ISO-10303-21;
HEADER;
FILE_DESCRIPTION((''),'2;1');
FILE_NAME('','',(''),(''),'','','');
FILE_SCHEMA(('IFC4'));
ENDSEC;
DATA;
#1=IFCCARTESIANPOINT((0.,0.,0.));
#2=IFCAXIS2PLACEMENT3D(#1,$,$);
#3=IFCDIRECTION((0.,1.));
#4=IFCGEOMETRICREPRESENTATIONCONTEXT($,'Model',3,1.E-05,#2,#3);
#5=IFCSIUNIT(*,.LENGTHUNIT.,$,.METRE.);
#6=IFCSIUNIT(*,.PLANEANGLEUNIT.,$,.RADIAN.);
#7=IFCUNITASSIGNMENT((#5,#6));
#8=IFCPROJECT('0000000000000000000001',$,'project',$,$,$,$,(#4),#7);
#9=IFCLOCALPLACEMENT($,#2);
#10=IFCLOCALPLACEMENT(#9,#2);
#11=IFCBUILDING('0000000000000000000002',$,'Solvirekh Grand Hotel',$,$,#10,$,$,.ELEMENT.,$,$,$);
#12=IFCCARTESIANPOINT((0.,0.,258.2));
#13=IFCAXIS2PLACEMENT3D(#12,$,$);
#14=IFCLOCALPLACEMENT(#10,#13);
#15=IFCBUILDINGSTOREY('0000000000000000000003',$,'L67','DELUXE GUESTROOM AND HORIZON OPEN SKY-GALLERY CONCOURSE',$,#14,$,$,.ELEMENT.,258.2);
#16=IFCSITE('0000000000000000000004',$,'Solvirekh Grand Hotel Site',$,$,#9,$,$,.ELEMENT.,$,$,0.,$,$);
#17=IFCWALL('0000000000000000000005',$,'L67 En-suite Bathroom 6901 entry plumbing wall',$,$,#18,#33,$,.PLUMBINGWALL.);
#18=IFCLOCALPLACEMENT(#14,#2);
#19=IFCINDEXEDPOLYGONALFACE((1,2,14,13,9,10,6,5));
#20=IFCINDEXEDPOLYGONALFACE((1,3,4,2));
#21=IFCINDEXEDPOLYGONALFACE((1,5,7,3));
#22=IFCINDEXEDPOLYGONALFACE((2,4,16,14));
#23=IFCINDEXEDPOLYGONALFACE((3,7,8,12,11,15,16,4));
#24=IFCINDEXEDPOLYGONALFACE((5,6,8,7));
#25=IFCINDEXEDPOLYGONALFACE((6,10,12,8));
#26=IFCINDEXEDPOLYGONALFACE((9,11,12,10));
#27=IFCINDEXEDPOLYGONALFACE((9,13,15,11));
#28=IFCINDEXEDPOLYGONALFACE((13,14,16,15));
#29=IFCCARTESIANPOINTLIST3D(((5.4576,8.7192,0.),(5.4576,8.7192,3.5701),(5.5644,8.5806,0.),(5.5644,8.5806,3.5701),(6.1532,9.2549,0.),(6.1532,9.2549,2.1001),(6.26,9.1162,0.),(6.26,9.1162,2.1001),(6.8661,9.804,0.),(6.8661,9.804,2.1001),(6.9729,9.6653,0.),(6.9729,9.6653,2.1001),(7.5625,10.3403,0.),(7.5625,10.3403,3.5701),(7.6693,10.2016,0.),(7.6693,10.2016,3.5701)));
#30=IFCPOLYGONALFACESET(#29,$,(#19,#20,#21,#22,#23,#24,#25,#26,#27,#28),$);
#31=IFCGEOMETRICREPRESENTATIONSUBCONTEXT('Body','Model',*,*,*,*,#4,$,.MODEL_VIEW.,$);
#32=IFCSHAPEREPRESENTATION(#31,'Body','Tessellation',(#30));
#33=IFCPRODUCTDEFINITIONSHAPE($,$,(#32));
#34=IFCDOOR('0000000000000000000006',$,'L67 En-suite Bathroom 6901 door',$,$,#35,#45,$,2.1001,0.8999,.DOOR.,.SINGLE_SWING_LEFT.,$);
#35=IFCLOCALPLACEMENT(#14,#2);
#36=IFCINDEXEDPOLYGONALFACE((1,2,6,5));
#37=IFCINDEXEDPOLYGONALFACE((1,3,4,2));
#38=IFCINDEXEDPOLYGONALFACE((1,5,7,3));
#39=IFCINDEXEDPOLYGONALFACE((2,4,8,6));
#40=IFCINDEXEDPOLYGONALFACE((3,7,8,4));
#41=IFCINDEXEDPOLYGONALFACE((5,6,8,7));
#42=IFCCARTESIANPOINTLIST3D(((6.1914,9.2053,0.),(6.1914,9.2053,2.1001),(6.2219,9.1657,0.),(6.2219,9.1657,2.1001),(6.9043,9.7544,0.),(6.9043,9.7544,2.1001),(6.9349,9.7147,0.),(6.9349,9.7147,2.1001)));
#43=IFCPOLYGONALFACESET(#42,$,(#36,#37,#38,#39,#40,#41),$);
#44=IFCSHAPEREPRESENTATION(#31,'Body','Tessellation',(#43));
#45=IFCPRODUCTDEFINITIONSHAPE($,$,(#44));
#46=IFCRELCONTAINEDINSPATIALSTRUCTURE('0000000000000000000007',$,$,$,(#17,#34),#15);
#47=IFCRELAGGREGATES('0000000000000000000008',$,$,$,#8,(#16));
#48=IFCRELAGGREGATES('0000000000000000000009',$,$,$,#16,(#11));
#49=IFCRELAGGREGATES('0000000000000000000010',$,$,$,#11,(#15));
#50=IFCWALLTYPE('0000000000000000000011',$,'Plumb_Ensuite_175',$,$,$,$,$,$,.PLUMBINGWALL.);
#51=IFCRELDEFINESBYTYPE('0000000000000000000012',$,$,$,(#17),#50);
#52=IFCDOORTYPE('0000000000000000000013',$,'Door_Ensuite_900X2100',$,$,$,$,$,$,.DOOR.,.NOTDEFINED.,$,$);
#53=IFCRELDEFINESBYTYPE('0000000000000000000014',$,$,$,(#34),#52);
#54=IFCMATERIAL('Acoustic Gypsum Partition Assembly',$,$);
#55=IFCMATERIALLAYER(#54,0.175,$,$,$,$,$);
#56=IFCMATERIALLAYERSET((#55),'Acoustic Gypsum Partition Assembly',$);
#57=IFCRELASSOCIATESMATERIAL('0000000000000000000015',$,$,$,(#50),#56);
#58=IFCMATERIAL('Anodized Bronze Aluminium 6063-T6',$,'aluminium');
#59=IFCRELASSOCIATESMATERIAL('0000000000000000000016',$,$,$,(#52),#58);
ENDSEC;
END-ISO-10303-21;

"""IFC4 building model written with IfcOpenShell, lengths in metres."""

from ifc_helpers import new_model, si_unit, direction, frame, frame_2d, origin, place, context, subcontext, project, spatial, rectangle, extrude, material, layer, layer_set, type_object, element, fill, save


model = new_model("IFC4")

# Units and contexts
model_context = context("Model", 3, precision=1e-05, world=origin(), true_north=direction((0.0, 1.0)))
body_context = subcontext(model_context, "Body", "Model", "MODEL_VIEW")
ifc_project = project(units=[si_unit("LENGTHUNIT", "METRE"), si_unit("PLANEANGLEUNIT", "RADIAN")], contexts=[model_context])

# Site, building, storey
site_placement = place(None, origin())
site = spatial("IfcSite", under=ifc_project, at=site_placement, Name="Solvirekh Grand Hotel Site", CompositionType="ELEMENT", RefElevation=0.0)
building_placement = place(site_placement, origin())
building = spatial("IfcBuilding", under=site, at=building_placement, Name="Solvirekh Grand Hotel", CompositionType="ELEMENT")
storey_placement = place(building_placement, frame((0.0, 0.0, 258.2)))
storey = spatial("IfcBuildingStorey", under=building, at=storey_placement, Name="L67", Description="DELUXE GUESTROOM AND HORIZON OPEN SKY-GALLERY CONCOURSE", CompositionType="ELEMENT", Elevation=258.2)

# Shared definitions
ifc_material_1 = material(Name="Anodized Bronze Aluminium 6063-T6", Category="aluminium")

# Shared definitions
ifc_material_2 = material(Name="Acoustic Gypsum Partition Assembly")
ifc_layer_1 = layer(ifc_material_2, 0.175)
ifc_layer_set_1 = layer_set([ifc_layer_1], Name="Acoustic Gypsum Partition Assembly")
wall_type_1 = type_object("IfcWallType", Name="Plumb_Ensuite_175", PredefinedType="PLUMBINGWALL", material=ifc_layer_set_1)

# Wall, opening, door
wall_1_placement = place(storey_placement, frame((5.511, 8.6499, 0.0), z_axis=(0.0, 0.0, 1.0), x_axis=(0.792282, 0.610155, 0.0)))
wall_1 = element("IfcWall", 1, at=wall_1_placement, inside=storey, type_object=wall_type_1, Name="L67 En-suite Bathroom 6901 entry plumbing wall", PredefinedType="PLUMBINGWALL", context=body_context, shape_type="SweptSolid", body=[
    extrude(rectangle(XDim=2.6567, YDim=0.175, at=frame_2d((1.3284, 0.0))), origin(), (0.0, 0.0, 1.0), 3.5701),
])
opening_1_placement = place(wall_1_placement, frame((0.8779, 0.0, 0.0)))
opening_1 = element("IfcOpeningElement", 2, at=opening_1_placement, cuts=wall_1, PredefinedType="OPENING", context=body_context, shape_type="SweptSolid", body=[
    extrude(rectangle(XDim=0.8999, YDim=2.1001, at=frame_2d((0.45, 1.05))), frame((0.0, 0.0977, 0.0), z_axis=(0.0, -1.0, 0.0), x_axis=(1.0, 0.0, 0.0)), (0.0, 0.0, 1.0), 0.1951),
])
door_type_1 = type_object("IfcDoorType", Name="Door_Ensuite_900X2100", OperationType="NOTDEFINED", PredefinedType="DOOR", material=ifc_material_1)
door_1_placement = place(opening_1_placement, origin())
door_1 = element("IfcDoor", 3, at=door_1_placement, inside=storey, type_object=door_type_1, Name="L67 En-suite Bathroom 6901 door", OperationType="SINGLE_SWING_LEFT", OverallHeight=2.1001, OverallWidth=0.8999, PredefinedType="DOOR", context=body_context, shape_type="SweptSolid", body=[
    extrude(rectangle(XDim=0.8999, YDim=2.1001, at=frame_2d((0.45, 1.05))), frame((0.0, 0.0249, 0.0), z_axis=(0.0, -1.0, 0.0), x_axis=(1.0, 0.0, 0.0)), (0.0, 0.0, 1.0), 0.05),
])
fill(opening_1, door_1)

save(model, "model.ifc")
